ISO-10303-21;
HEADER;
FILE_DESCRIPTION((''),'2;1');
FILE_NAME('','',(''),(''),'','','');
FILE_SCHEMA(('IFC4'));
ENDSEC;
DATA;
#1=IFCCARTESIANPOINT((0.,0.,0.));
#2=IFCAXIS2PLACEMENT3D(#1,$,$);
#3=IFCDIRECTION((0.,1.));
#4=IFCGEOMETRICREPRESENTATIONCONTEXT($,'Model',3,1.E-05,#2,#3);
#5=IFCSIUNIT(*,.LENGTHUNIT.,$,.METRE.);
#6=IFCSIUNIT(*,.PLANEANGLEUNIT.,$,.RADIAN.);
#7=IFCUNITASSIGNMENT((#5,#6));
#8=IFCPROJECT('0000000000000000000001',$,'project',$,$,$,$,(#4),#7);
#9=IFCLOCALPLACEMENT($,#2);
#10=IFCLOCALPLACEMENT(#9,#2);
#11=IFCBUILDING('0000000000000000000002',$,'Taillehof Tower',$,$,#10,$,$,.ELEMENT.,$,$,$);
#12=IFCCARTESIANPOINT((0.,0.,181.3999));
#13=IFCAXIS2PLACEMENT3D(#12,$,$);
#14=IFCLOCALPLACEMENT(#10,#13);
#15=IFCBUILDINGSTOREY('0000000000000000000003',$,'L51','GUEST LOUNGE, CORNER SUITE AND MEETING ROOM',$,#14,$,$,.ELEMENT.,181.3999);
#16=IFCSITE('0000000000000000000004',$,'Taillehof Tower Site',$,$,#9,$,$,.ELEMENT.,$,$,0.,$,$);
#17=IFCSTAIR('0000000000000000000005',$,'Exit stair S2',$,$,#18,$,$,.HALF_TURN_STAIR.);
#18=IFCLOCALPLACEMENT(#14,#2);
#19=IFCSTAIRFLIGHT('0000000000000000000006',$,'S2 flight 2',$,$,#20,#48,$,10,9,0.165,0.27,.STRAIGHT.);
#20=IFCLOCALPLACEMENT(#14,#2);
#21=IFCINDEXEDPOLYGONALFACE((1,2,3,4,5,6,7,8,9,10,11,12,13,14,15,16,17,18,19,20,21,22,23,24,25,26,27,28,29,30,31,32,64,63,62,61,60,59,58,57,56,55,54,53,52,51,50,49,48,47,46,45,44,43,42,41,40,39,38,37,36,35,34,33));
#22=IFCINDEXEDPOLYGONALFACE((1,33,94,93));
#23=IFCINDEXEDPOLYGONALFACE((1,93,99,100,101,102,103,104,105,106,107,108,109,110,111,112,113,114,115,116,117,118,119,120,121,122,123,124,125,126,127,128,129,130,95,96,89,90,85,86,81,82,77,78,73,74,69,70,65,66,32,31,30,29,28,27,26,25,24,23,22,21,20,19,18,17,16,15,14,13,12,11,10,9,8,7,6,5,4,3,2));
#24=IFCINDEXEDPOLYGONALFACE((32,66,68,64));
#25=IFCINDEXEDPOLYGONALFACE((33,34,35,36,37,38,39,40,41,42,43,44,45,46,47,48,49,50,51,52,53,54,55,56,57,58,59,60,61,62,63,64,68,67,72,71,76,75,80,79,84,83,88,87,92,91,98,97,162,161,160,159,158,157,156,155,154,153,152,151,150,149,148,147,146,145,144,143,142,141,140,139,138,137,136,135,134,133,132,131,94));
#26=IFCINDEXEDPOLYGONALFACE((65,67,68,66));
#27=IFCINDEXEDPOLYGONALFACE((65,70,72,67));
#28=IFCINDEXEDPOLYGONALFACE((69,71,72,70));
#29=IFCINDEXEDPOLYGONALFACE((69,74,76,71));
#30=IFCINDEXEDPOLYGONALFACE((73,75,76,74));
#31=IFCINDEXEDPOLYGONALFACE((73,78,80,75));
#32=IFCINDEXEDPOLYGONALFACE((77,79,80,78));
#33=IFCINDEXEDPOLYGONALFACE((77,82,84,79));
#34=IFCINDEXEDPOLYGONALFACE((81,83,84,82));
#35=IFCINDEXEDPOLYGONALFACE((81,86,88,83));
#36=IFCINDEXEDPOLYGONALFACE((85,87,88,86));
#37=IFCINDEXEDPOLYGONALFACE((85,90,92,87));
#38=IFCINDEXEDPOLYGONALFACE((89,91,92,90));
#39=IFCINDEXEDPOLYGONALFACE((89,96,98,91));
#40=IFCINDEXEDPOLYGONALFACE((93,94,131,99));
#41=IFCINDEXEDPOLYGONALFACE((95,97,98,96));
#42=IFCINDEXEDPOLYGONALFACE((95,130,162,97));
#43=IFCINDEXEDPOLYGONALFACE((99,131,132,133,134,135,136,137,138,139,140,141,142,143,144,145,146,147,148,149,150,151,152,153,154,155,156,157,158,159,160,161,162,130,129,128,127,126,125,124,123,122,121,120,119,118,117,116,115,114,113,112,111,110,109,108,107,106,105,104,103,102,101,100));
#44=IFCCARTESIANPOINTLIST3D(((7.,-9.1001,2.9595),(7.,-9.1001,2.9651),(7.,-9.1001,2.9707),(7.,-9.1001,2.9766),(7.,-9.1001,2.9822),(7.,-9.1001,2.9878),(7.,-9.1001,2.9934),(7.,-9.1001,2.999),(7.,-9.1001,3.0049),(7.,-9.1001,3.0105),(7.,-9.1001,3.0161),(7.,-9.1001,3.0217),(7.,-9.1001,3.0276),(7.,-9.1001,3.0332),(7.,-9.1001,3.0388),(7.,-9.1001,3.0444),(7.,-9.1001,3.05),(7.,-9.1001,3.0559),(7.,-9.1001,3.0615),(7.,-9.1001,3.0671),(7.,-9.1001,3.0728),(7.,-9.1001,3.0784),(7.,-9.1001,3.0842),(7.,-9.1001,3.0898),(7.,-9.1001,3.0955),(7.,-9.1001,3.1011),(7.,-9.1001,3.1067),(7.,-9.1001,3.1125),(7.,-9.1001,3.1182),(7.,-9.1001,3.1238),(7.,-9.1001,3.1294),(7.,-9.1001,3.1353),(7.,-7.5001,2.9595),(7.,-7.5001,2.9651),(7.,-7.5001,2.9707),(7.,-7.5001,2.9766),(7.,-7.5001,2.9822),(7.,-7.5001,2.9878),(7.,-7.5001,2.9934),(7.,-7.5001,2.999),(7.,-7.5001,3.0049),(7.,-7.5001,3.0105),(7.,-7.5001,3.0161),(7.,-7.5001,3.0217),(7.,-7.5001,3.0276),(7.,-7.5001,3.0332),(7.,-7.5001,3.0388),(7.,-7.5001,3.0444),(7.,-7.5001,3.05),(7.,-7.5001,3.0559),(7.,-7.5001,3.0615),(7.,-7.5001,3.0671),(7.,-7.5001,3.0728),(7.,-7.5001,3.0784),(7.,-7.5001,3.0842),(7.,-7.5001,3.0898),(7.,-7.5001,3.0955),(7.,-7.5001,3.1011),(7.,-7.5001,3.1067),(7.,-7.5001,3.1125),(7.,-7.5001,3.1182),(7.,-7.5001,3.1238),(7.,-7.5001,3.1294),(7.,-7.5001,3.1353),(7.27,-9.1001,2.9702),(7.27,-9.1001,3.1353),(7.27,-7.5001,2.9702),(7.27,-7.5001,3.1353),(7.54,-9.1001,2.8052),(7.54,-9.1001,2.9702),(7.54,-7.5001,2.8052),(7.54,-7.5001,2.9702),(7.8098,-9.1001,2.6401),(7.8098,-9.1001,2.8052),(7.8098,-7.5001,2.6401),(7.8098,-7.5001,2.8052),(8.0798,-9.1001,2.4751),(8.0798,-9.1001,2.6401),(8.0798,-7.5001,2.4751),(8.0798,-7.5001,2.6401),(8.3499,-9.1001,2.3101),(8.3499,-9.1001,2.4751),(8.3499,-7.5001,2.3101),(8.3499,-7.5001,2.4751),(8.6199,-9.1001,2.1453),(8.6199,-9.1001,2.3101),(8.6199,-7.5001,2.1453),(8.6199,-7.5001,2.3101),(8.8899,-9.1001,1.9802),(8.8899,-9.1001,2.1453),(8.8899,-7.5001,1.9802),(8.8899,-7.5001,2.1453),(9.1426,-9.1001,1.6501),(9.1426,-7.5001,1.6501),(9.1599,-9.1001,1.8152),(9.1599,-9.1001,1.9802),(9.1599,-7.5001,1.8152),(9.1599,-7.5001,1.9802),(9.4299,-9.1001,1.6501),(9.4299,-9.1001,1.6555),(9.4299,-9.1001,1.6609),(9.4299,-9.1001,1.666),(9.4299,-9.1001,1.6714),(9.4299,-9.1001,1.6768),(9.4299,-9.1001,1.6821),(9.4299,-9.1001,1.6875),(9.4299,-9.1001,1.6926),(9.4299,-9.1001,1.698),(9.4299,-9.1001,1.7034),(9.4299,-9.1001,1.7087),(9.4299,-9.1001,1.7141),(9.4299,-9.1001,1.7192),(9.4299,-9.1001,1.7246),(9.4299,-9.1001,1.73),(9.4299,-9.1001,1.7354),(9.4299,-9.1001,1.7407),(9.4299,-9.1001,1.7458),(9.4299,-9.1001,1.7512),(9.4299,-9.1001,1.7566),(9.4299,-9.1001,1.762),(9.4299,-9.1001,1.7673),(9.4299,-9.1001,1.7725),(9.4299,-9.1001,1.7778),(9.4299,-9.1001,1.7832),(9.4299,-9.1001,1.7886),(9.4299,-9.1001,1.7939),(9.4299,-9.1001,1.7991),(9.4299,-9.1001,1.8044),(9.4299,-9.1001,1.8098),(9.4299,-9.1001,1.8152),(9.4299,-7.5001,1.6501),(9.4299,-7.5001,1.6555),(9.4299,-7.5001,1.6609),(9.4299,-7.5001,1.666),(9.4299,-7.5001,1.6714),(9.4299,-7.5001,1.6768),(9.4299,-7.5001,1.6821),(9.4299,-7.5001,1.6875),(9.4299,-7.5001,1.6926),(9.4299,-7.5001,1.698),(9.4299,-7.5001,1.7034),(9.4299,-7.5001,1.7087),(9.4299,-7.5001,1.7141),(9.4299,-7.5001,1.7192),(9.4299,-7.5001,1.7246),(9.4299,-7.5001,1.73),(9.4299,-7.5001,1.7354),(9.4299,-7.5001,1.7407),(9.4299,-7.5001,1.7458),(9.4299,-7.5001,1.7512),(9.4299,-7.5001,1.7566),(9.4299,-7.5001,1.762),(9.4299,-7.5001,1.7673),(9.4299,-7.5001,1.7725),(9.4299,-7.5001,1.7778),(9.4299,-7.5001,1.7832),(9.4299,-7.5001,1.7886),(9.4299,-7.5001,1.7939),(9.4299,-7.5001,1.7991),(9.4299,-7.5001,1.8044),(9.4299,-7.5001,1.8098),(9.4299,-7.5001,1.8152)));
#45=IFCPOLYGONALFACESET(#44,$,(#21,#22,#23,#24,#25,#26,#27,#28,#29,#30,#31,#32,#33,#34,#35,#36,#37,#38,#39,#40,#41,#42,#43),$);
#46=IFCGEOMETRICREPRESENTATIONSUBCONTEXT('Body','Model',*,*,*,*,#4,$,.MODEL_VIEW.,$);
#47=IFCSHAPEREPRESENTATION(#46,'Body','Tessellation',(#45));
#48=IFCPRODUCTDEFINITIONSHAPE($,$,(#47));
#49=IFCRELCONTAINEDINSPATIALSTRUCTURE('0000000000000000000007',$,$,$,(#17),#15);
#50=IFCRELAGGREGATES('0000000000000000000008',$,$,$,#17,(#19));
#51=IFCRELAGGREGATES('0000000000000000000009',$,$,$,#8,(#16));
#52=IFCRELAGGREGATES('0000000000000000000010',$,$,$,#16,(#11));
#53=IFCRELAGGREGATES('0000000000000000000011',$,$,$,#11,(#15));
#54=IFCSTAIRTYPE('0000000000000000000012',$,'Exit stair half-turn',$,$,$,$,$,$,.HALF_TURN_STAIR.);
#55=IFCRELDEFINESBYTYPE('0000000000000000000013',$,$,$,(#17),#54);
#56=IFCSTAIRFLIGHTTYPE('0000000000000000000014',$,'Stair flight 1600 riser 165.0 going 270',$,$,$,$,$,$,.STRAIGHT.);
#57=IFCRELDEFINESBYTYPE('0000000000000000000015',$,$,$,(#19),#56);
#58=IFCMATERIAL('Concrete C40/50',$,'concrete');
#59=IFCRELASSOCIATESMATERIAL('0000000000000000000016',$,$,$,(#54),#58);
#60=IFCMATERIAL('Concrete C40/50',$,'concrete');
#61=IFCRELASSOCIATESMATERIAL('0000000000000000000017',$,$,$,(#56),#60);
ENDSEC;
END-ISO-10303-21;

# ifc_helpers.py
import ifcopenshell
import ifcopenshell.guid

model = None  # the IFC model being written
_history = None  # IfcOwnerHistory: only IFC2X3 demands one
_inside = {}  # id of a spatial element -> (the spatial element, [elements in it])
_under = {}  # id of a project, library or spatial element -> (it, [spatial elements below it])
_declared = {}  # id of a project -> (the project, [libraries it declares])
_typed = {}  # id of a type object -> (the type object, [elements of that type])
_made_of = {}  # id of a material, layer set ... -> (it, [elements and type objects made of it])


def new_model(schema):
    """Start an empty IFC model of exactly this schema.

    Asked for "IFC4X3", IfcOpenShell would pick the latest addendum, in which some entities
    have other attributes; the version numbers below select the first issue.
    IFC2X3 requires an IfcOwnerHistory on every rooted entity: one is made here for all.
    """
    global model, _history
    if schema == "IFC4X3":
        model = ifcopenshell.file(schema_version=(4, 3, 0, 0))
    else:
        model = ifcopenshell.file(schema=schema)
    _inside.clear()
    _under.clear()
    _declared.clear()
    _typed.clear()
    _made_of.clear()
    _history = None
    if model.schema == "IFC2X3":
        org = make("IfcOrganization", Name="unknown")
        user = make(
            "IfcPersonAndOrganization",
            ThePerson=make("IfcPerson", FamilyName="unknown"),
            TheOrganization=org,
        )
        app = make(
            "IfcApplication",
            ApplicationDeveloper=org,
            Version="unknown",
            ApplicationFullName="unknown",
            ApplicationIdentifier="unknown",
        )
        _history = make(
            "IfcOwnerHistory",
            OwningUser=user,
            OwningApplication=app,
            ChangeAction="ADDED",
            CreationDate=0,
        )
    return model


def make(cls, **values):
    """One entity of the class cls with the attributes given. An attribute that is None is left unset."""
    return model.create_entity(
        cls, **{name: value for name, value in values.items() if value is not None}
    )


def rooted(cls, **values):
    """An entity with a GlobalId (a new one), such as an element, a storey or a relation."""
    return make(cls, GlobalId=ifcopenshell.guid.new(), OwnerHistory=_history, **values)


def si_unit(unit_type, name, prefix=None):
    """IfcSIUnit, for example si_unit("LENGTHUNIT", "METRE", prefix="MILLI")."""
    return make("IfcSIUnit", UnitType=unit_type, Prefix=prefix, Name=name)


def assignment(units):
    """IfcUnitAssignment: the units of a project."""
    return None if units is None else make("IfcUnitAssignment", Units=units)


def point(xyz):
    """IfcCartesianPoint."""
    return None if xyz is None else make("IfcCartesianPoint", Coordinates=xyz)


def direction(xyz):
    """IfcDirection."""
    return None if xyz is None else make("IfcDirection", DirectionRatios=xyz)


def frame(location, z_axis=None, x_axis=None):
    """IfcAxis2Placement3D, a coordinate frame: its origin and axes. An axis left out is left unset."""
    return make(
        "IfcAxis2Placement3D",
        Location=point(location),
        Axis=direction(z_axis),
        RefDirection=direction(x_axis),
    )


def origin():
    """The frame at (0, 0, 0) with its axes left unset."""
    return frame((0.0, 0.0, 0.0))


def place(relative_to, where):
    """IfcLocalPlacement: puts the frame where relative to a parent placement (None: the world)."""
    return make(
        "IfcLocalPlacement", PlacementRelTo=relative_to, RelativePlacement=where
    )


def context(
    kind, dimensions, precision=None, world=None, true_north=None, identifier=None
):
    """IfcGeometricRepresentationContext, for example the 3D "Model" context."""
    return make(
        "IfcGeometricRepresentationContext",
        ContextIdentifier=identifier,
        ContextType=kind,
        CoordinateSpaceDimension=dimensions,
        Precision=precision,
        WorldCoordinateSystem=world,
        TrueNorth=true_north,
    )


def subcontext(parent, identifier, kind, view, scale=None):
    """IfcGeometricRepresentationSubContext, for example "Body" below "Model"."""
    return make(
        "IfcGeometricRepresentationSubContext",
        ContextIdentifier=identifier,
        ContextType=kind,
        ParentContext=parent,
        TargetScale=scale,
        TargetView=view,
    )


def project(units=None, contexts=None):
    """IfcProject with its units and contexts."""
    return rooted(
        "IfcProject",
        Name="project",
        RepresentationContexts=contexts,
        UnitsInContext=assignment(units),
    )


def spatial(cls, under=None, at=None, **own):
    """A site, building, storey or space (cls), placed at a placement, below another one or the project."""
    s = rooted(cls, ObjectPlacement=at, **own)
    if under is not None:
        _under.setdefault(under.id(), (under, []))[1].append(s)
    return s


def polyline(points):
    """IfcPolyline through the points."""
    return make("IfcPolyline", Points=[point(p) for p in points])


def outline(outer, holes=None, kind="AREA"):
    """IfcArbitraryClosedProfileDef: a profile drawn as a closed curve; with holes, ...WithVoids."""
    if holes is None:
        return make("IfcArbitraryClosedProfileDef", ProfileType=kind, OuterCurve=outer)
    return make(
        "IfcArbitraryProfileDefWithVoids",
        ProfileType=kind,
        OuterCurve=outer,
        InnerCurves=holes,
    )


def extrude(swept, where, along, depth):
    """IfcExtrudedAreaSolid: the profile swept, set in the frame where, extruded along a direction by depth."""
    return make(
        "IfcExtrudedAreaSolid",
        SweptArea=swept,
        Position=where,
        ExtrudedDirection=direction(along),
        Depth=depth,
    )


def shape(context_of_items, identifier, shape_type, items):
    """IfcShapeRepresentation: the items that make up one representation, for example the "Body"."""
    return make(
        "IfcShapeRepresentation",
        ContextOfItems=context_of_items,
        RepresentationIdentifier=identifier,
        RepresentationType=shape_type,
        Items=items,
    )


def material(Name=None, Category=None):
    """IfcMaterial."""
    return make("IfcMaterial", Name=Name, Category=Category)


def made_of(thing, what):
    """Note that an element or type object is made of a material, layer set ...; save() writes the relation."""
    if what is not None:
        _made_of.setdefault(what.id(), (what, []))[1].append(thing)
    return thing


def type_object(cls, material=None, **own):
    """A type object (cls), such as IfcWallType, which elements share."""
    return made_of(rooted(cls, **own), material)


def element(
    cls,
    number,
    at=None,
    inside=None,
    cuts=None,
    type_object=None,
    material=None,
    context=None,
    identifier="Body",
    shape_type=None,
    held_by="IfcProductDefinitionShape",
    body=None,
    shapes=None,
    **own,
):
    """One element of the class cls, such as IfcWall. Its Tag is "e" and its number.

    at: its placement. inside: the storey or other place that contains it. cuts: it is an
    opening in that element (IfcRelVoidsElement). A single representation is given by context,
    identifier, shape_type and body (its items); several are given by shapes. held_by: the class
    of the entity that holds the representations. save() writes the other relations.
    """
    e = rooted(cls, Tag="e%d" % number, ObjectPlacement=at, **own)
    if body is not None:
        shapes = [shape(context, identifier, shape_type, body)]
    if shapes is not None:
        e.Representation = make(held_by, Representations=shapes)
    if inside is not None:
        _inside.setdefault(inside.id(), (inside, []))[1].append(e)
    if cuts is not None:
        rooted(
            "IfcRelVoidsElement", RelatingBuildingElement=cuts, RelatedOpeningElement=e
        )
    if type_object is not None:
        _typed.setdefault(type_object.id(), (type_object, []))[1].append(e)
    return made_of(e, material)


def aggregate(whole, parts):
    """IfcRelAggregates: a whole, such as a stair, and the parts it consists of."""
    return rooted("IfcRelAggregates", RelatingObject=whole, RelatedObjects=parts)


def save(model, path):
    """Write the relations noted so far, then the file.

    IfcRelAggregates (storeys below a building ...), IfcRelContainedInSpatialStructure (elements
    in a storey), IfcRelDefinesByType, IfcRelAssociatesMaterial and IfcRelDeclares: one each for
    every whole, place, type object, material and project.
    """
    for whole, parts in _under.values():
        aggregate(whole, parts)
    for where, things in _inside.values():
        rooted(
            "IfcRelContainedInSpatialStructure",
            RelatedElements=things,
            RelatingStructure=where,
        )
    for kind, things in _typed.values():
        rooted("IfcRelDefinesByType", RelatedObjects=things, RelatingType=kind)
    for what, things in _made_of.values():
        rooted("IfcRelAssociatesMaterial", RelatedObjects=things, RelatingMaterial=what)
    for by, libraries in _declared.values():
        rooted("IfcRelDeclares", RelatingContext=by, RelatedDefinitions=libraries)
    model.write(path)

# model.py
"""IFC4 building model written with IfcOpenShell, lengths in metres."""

from ifc_helpers import new_model, si_unit, direction, frame, origin, place, context, subcontext, project, spatial, polyline, outline, extrude, material, type_object, element, aggregate, save


model = new_model("IFC4")

# Units and contexts
model_context = context("Model", 3, precision=1e-05, world=origin(), true_north=direction((0.0, 1.0)))
body_context = subcontext(model_context, "Body", "Model", "MODEL_VIEW")
ifc_project = project(units=[si_unit("LENGTHUNIT", "METRE"), si_unit("PLANEANGLEUNIT", "RADIAN")], contexts=[model_context])

# Site, building, storey
site_placement = place(None, origin())
site = spatial("IfcSite", under=ifc_project, at=site_placement, Name="Taillehof Tower Site", CompositionType="ELEMENT", RefElevation=0.0)
building_placement = place(site_placement, origin())
building = spatial("IfcBuilding", under=site, at=building_placement, Name="Taillehof Tower", CompositionType="ELEMENT")
storey_placement = place(building_placement, frame((0.0, 0.0, 181.3999)))
storey = spatial("IfcBuildingStorey", under=building, at=storey_placement, Name="L51", Description="GUEST LOUNGE, CORNER SUITE AND MEETING ROOM", CompositionType="ELEMENT", Elevation=181.3999)

# Stair, stair flight
ifc_material_1 = material(Name="Concrete C40/50", Category="concrete")
stair_type = type_object("IfcStairType", Name="Exit stair half-turn", PredefinedType="HALF_TURN_STAIR", material=ifc_material_1)
stair_placement = place(storey_placement, origin())
stair = element("IfcStair", 1, at=stair_placement, inside=storey, type_object=stair_type, Name="Exit stair S2", PredefinedType="HALF_TURN_STAIR")
ifc_material_2 = material(Name="Concrete C40/50", Category="concrete")
stair_flight_type = type_object("IfcStairFlightType", Name="Stair flight 1600 riser 165.0 going 270", PredefinedType="STRAIGHT", material=ifc_material_2)
stair_flight_placement = place(storey_placement, frame((9.4299, -8.3, 1.6501), z_axis=(0.0, 0.0, 1.0), x_axis=(-1.0, 0.0, 0.0)))
stair_flight = element("IfcStairFlight", 2, at=stair_flight_placement, type_object=stair_flight_type, Name="S2 flight 2", NumberOfRisers=10, NumberOfTreads=9, PredefinedType="STRAIGHT", RiserHeight=0.165, TreadLength=0.27, context=body_context, shape_type="SweptSolid", body=[
    extrude(outline(polyline([(0.0, 0.0), (0.0, 0.0054), (0.0, 0.0107), (0.0, 0.0159), (0.0, 0.0212), (0.0, 0.0266), (0.0, 0.032), (0.0, 0.0374), (0.0, 0.0425), (0.0, 0.0479), (0.0, 0.0532), (0.0, 0.0586), (0.0, 0.064), (0.0, 0.0691), (0.0, 0.0745), (0.0, 0.0798), (0.0, 0.0852), (0.0, 0.0906), (0.0, 0.0957), (0.0, 0.1011), (0.0, 0.1064), (0.0, 0.1118), (0.0, 0.1172), (0.0, 0.1223), (0.0, 0.1277), (0.0, 0.1331), (0.0, 0.1384), (0.0, 0.1438), (0.0, 0.1489), (0.0, 0.1543), (0.0, 0.1597), (0.0, 0.165), (0.27, 0.165), (0.27, 0.3301), (0.54, 0.3301), (0.54, 0.4951), (0.8101, 0.4951), (0.8101, 0.6599), (1.0801, 0.6599), (1.0801, 0.825), (1.3501, 0.825), (1.3501, 0.99), (1.6201, 0.99), (1.6201, 1.155), (1.8899, 1.155), (1.8899, 1.3201), (2.1599, 1.3201), (2.1599, 1.4851), (2.4299, 1.4851), (2.4299, 1.4792), (2.4299, 1.4736), (2.4299, 1.468), (2.4299, 1.4624), (2.4299, 1.4565), (2.4299, 1.4509), (2.4299, 1.4453), (2.4299, 1.4397), (2.4299, 1.4341), (2.4299, 1.4282), (2.4299, 1.4226), (2.4299, 1.417), (2.4299, 1.4114), (2.4299, 1.4058), (2.4299, 1.3999), (2.4299, 1.3943), (2.4299, 1.3887), (2.4299, 1.3831), (2.4299, 1.3774), (2.4299, 1.3716), (2.4299, 1.366), (2.4299, 1.3604), (2.4299, 1.3547), (2.4299, 1.3489), (2.4299, 1.3433), (2.4299, 1.3376), (2.4299, 1.332), (2.4299, 1.3264), (2.4299, 1.3206), (2.4299, 1.3149), (2.4299, 1.3093), (0.2874, 0.0), (0.0, 0.0)])), frame((0.0, 0.8, 0.0), z_axis=(0.0, -1.0, 0.0), x_axis=(1.0, 0.0, 0.0)), (0.0, 0.0, 1.0), 1.6),
])
aggregate(stair, [stair_flight])

save(model, "model.ifc")
